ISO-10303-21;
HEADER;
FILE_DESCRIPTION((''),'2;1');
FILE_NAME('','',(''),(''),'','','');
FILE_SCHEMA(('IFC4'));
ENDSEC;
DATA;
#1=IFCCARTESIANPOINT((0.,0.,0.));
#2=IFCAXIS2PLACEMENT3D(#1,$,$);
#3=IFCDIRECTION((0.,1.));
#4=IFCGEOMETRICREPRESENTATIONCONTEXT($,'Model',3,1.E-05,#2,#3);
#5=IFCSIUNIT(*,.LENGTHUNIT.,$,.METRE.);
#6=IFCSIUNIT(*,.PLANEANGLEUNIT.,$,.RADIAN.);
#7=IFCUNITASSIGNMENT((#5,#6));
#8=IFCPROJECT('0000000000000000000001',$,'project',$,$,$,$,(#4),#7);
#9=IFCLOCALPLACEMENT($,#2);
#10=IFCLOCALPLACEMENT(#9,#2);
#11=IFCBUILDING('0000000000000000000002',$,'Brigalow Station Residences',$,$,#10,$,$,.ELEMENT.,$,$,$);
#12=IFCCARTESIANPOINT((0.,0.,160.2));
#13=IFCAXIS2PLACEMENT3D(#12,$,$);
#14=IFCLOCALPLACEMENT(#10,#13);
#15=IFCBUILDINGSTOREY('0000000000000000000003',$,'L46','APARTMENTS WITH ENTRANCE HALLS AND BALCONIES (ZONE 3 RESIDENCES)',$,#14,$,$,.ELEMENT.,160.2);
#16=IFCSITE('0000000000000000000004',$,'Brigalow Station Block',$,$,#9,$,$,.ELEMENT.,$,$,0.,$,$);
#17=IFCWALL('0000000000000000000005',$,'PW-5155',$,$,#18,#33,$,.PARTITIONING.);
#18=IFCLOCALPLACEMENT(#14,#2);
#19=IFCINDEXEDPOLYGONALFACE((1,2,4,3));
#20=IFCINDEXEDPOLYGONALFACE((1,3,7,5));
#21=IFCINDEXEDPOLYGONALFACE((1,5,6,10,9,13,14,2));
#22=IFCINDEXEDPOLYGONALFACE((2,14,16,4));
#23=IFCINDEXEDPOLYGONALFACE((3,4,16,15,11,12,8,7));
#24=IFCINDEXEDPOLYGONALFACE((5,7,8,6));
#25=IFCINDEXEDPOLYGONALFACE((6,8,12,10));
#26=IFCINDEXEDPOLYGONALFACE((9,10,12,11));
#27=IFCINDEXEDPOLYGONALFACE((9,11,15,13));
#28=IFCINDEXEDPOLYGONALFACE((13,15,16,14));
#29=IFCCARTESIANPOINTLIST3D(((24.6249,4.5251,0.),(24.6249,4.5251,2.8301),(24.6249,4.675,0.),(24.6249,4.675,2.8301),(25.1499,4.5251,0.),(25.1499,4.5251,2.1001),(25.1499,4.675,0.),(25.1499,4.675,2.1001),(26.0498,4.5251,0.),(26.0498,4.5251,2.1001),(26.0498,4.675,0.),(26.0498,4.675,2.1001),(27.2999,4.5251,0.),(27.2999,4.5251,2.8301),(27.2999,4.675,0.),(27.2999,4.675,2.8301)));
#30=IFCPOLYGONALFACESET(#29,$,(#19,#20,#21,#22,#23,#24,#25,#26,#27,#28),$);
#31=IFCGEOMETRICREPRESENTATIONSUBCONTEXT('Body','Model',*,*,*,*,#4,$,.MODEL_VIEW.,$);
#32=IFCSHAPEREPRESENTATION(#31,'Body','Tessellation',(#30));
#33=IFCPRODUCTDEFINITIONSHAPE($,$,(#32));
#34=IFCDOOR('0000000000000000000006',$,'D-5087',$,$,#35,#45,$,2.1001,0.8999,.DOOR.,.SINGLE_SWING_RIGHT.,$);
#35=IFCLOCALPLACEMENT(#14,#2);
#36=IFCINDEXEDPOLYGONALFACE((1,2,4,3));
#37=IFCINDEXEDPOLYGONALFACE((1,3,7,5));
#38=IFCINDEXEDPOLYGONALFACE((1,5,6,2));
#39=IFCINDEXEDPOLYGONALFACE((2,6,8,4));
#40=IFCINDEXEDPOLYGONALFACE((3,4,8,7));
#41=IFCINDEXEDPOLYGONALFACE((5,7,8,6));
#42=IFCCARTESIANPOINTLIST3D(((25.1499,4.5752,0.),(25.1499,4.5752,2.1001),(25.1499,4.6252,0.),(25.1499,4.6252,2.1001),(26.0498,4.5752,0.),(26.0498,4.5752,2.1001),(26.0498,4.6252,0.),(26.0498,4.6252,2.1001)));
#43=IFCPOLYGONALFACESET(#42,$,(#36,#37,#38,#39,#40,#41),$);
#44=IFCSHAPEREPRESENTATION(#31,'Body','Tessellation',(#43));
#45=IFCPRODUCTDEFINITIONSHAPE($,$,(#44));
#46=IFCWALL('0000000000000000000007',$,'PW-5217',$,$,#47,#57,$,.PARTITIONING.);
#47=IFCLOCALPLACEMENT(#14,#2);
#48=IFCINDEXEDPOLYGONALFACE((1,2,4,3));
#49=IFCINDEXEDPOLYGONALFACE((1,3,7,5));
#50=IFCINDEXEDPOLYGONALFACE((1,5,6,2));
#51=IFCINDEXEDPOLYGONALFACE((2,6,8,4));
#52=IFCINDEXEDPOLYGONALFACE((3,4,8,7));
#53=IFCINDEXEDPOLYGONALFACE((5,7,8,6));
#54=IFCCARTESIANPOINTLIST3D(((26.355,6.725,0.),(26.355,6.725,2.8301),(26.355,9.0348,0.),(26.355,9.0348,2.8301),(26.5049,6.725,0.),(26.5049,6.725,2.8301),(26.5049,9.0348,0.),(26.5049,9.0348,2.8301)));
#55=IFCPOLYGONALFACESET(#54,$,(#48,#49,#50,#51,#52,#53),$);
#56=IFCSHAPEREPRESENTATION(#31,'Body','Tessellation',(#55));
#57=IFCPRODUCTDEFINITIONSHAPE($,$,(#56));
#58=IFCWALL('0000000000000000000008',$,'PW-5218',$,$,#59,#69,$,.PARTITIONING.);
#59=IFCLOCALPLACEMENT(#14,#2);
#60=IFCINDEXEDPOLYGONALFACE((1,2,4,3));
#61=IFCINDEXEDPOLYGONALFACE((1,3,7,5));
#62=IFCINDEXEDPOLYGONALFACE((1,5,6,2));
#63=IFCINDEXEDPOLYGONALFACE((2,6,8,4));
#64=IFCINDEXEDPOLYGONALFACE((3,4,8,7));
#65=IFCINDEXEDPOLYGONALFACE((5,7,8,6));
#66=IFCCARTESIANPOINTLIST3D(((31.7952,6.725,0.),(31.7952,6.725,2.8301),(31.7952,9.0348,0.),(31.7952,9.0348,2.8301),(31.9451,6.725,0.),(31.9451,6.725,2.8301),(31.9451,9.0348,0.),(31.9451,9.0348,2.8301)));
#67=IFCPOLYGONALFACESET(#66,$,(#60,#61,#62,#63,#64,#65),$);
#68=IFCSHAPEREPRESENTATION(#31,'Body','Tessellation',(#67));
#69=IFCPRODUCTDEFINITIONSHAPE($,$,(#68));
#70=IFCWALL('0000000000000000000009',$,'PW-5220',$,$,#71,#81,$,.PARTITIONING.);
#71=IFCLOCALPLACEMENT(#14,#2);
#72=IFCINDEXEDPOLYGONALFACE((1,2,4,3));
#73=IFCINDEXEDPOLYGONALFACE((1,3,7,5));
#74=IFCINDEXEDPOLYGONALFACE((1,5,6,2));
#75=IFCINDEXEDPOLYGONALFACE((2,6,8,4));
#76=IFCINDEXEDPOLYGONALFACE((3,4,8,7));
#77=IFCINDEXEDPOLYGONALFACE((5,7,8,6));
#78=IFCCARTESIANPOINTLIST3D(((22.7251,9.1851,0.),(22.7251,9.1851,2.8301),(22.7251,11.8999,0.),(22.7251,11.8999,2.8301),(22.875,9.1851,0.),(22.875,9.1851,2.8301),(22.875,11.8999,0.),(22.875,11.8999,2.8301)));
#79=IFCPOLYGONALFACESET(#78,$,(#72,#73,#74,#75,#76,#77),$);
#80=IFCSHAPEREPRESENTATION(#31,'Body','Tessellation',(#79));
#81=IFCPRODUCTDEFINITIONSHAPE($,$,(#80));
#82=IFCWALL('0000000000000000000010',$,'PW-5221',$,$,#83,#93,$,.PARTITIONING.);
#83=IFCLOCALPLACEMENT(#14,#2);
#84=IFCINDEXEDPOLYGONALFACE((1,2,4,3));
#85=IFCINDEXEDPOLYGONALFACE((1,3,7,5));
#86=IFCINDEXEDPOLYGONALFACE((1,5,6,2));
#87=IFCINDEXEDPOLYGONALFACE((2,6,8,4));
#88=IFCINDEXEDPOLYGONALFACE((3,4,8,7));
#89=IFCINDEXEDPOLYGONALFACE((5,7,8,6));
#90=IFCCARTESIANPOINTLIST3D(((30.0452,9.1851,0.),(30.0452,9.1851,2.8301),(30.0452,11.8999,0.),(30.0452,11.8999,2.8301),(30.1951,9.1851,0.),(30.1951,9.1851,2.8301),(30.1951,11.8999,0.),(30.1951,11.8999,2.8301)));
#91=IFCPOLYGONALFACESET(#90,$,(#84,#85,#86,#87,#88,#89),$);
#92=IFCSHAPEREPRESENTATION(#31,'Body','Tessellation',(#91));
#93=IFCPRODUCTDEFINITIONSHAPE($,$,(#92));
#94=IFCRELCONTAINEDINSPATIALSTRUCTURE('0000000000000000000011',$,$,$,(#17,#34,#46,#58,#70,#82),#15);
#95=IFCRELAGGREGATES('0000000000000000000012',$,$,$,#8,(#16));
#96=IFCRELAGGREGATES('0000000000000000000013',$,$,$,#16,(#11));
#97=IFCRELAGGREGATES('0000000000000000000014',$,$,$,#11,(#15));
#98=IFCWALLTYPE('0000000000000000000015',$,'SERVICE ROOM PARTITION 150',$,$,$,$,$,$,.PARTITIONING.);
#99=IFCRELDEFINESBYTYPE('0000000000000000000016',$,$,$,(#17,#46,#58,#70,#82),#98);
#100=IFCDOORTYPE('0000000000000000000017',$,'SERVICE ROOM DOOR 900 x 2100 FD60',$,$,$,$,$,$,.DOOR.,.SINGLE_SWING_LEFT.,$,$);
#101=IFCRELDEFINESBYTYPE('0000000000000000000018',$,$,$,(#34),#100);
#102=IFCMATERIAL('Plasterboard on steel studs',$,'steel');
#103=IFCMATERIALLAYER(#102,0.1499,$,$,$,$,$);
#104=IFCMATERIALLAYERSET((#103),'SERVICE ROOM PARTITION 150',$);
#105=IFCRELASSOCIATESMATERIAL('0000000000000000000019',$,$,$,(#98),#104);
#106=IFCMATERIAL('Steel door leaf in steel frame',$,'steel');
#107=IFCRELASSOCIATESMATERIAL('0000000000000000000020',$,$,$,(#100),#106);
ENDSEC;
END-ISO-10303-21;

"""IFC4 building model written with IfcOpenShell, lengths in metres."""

from ifc_helpers import new_model, si_unit, direction, frame, frame_2d, origin, place, context, subcontext, project, spatial, rectangle, extrude, material, layer, layer_set, type_object, element, fill, save


model = new_model("IFC4")

# Units and contexts
model_context = context("Model", 3, precision=1e-05, world=origin(), true_north=direction((0.0, 1.0)))
body_context = subcontext(model_context, "Body", "Model", "MODEL_VIEW")
ifc_project = project(units=[si_unit("LENGTHUNIT", "METRE"), si_unit("PLANEANGLEUNIT", "RADIAN")], contexts=[model_context])

# Site, building, storey
site_placement = place(None, origin())
site = spatial("IfcSite", under=ifc_project, at=site_placement, Name="Brigalow Station Block", CompositionType="ELEMENT", RefElevation=0.0)
building_placement = place(site_placement, origin())
building = spatial("IfcBuilding", under=site, at=building_placement, Name="Brigalow Station Residences", CompositionType="ELEMENT")
storey_placement = place(building_placement, frame((0.0, 0.0, 160.2)))
storey = spatial("IfcBuildingStorey", under=building, at=storey_placement, Name="L46", Description="APARTMENTS WITH ENTRANCE HALLS AND BALCONIES (ZONE 3 RESIDENCES)", CompositionType="ELEMENT", Elevation=160.2)

# Wall, opening, door
ifc_material_1 = material(Name="Plasterboard on steel studs", Category="steel")
ifc_layer_1 = layer(ifc_material_1, 0.1499)
ifc_layer_set_1 = layer_set([ifc_layer_1], Name="SERVICE ROOM PARTITION 150")
wall_type_1 = type_object("IfcWallType", Name="SERVICE ROOM PARTITION 150", PredefinedType="PARTITIONING", material=ifc_layer_set_1)
wall_1_placement = place(storey_placement, frame((24.625, 4.6001, 0.0), z_axis=(0.0, 0.0, 1.0), x_axis=(1.0, 0.0, 0.0)))
wall_1 = element("IfcWall", 1, at=wall_1_placement, inside=storey, type_object=wall_type_1, Name="PW-5155", PredefinedType="PARTITIONING", context=body_context, shape_type="SweptSolid", body=[
    extrude(rectangle(XDim=2.675, YDim=0.1499, at=frame_2d((1.3374, 0.0))), origin(), (0.0, 0.0, 1.0), 2.8301),
])
opening_1_placement = place(wall_1_placement, frame((0.5249, 0.0, 0.0)))
opening_1 = element("IfcOpeningElement", 2, at=opening_1_placement, cuts=wall_1, PredefinedType="OPENING", context=body_context, shape_type="SweptSolid", body=[
    extrude(rectangle(XDim=0.8999, YDim=2.1001, at=frame_2d((0.45, 1.05))), frame((0.0, 0.085, 0.0), z_axis=(0.0, -1.0, 0.0), x_axis=(1.0, 0.0, 0.0)), (0.0, 0.0, 1.0), 0.1699),
])
ifc_material_2 = material(Name="Steel door leaf in steel frame", Category="steel")
door_type_1 = type_object("IfcDoorType", Name="SERVICE ROOM DOOR 900 x 2100 FD60", OperationType="SINGLE_SWING_LEFT", PredefinedType="DOOR", material=ifc_material_2)
door_1_placement = place(opening_1_placement, frame((0.8999, 0.0, 0.0), z_axis=(0.0, 0.0, 1.0), x_axis=(-1.0, 0.0, 0.0)))
door_1 = element("IfcDoor", 3, at=door_1_placement, inside=storey, type_object=door_type_1, Name="D-5087", OperationType="SINGLE_SWING_RIGHT", OverallHeight=2.1001, OverallWidth=0.8999, PredefinedType="DOOR", context=body_context, shape_type="SweptSolid", body=[
    extrude(rectangle(XDim=0.8999, YDim=2.1001, at=frame_2d((0.45, 1.05))), frame((0.0, 0.0249, 0.0), z_axis=(0.0, -1.0, 0.0), x_axis=(1.0, 0.0, 0.0)), (0.0, 0.0, 1.0), 0.05),
])
fill(opening_1, door_1)

# Walls
for number, where, z_axis, x_axis, name in (
    (4, (26.4299, 6.7251, 0.0), (0.0, 0.0, 1.0), (0.0, 1.0, 0.0), "PW-5217"),
    (5, (31.8701, 6.7251, 0.0), (0.0, 0.0, 1.0), (0.0, 1.0, 0.0), "PW-5218"),
):
    element("IfcWall", number, at=place(storey_placement, frame(where, z_axis=z_axis, x_axis=x_axis)), inside=storey, type_object=wall_type_1, Name=name, PredefinedType="PARTITIONING", context=body_context, shape_type="SweptSolid", body=[
        extrude(rectangle(XDim=2.3098, YDim=0.1499, at=frame_2d((1.1548, 0.0))), origin(), (0.0, 0.0, 1.0), 2.8301),
    ])
for number, where, z_axis, x_axis, name in (
    (6, (22.8, 9.1851, 0.0), (0.0, 0.0, 1.0), (0.0, 1.0, 0.0), "PW-5220"),
    (7, (30.1201, 9.1851, 0.0), (0.0, 0.0, 1.0), (0.0, 1.0, 0.0), "PW-5221"),
):
    element("IfcWall", number, at=place(storey_placement, frame(where, z_axis=z_axis, x_axis=x_axis)), inside=storey, type_object=wall_type_1, Name=name, PredefinedType="PARTITIONING", context=body_context, shape_type="SweptSolid", body=[
        extrude(rectangle(XDim=2.7148, YDim=0.1499, at=frame_2d((1.3574, 0.0))), origin(), (0.0, 0.0, 1.0), 2.8301),
    ])

save(model, "model.ifc")
